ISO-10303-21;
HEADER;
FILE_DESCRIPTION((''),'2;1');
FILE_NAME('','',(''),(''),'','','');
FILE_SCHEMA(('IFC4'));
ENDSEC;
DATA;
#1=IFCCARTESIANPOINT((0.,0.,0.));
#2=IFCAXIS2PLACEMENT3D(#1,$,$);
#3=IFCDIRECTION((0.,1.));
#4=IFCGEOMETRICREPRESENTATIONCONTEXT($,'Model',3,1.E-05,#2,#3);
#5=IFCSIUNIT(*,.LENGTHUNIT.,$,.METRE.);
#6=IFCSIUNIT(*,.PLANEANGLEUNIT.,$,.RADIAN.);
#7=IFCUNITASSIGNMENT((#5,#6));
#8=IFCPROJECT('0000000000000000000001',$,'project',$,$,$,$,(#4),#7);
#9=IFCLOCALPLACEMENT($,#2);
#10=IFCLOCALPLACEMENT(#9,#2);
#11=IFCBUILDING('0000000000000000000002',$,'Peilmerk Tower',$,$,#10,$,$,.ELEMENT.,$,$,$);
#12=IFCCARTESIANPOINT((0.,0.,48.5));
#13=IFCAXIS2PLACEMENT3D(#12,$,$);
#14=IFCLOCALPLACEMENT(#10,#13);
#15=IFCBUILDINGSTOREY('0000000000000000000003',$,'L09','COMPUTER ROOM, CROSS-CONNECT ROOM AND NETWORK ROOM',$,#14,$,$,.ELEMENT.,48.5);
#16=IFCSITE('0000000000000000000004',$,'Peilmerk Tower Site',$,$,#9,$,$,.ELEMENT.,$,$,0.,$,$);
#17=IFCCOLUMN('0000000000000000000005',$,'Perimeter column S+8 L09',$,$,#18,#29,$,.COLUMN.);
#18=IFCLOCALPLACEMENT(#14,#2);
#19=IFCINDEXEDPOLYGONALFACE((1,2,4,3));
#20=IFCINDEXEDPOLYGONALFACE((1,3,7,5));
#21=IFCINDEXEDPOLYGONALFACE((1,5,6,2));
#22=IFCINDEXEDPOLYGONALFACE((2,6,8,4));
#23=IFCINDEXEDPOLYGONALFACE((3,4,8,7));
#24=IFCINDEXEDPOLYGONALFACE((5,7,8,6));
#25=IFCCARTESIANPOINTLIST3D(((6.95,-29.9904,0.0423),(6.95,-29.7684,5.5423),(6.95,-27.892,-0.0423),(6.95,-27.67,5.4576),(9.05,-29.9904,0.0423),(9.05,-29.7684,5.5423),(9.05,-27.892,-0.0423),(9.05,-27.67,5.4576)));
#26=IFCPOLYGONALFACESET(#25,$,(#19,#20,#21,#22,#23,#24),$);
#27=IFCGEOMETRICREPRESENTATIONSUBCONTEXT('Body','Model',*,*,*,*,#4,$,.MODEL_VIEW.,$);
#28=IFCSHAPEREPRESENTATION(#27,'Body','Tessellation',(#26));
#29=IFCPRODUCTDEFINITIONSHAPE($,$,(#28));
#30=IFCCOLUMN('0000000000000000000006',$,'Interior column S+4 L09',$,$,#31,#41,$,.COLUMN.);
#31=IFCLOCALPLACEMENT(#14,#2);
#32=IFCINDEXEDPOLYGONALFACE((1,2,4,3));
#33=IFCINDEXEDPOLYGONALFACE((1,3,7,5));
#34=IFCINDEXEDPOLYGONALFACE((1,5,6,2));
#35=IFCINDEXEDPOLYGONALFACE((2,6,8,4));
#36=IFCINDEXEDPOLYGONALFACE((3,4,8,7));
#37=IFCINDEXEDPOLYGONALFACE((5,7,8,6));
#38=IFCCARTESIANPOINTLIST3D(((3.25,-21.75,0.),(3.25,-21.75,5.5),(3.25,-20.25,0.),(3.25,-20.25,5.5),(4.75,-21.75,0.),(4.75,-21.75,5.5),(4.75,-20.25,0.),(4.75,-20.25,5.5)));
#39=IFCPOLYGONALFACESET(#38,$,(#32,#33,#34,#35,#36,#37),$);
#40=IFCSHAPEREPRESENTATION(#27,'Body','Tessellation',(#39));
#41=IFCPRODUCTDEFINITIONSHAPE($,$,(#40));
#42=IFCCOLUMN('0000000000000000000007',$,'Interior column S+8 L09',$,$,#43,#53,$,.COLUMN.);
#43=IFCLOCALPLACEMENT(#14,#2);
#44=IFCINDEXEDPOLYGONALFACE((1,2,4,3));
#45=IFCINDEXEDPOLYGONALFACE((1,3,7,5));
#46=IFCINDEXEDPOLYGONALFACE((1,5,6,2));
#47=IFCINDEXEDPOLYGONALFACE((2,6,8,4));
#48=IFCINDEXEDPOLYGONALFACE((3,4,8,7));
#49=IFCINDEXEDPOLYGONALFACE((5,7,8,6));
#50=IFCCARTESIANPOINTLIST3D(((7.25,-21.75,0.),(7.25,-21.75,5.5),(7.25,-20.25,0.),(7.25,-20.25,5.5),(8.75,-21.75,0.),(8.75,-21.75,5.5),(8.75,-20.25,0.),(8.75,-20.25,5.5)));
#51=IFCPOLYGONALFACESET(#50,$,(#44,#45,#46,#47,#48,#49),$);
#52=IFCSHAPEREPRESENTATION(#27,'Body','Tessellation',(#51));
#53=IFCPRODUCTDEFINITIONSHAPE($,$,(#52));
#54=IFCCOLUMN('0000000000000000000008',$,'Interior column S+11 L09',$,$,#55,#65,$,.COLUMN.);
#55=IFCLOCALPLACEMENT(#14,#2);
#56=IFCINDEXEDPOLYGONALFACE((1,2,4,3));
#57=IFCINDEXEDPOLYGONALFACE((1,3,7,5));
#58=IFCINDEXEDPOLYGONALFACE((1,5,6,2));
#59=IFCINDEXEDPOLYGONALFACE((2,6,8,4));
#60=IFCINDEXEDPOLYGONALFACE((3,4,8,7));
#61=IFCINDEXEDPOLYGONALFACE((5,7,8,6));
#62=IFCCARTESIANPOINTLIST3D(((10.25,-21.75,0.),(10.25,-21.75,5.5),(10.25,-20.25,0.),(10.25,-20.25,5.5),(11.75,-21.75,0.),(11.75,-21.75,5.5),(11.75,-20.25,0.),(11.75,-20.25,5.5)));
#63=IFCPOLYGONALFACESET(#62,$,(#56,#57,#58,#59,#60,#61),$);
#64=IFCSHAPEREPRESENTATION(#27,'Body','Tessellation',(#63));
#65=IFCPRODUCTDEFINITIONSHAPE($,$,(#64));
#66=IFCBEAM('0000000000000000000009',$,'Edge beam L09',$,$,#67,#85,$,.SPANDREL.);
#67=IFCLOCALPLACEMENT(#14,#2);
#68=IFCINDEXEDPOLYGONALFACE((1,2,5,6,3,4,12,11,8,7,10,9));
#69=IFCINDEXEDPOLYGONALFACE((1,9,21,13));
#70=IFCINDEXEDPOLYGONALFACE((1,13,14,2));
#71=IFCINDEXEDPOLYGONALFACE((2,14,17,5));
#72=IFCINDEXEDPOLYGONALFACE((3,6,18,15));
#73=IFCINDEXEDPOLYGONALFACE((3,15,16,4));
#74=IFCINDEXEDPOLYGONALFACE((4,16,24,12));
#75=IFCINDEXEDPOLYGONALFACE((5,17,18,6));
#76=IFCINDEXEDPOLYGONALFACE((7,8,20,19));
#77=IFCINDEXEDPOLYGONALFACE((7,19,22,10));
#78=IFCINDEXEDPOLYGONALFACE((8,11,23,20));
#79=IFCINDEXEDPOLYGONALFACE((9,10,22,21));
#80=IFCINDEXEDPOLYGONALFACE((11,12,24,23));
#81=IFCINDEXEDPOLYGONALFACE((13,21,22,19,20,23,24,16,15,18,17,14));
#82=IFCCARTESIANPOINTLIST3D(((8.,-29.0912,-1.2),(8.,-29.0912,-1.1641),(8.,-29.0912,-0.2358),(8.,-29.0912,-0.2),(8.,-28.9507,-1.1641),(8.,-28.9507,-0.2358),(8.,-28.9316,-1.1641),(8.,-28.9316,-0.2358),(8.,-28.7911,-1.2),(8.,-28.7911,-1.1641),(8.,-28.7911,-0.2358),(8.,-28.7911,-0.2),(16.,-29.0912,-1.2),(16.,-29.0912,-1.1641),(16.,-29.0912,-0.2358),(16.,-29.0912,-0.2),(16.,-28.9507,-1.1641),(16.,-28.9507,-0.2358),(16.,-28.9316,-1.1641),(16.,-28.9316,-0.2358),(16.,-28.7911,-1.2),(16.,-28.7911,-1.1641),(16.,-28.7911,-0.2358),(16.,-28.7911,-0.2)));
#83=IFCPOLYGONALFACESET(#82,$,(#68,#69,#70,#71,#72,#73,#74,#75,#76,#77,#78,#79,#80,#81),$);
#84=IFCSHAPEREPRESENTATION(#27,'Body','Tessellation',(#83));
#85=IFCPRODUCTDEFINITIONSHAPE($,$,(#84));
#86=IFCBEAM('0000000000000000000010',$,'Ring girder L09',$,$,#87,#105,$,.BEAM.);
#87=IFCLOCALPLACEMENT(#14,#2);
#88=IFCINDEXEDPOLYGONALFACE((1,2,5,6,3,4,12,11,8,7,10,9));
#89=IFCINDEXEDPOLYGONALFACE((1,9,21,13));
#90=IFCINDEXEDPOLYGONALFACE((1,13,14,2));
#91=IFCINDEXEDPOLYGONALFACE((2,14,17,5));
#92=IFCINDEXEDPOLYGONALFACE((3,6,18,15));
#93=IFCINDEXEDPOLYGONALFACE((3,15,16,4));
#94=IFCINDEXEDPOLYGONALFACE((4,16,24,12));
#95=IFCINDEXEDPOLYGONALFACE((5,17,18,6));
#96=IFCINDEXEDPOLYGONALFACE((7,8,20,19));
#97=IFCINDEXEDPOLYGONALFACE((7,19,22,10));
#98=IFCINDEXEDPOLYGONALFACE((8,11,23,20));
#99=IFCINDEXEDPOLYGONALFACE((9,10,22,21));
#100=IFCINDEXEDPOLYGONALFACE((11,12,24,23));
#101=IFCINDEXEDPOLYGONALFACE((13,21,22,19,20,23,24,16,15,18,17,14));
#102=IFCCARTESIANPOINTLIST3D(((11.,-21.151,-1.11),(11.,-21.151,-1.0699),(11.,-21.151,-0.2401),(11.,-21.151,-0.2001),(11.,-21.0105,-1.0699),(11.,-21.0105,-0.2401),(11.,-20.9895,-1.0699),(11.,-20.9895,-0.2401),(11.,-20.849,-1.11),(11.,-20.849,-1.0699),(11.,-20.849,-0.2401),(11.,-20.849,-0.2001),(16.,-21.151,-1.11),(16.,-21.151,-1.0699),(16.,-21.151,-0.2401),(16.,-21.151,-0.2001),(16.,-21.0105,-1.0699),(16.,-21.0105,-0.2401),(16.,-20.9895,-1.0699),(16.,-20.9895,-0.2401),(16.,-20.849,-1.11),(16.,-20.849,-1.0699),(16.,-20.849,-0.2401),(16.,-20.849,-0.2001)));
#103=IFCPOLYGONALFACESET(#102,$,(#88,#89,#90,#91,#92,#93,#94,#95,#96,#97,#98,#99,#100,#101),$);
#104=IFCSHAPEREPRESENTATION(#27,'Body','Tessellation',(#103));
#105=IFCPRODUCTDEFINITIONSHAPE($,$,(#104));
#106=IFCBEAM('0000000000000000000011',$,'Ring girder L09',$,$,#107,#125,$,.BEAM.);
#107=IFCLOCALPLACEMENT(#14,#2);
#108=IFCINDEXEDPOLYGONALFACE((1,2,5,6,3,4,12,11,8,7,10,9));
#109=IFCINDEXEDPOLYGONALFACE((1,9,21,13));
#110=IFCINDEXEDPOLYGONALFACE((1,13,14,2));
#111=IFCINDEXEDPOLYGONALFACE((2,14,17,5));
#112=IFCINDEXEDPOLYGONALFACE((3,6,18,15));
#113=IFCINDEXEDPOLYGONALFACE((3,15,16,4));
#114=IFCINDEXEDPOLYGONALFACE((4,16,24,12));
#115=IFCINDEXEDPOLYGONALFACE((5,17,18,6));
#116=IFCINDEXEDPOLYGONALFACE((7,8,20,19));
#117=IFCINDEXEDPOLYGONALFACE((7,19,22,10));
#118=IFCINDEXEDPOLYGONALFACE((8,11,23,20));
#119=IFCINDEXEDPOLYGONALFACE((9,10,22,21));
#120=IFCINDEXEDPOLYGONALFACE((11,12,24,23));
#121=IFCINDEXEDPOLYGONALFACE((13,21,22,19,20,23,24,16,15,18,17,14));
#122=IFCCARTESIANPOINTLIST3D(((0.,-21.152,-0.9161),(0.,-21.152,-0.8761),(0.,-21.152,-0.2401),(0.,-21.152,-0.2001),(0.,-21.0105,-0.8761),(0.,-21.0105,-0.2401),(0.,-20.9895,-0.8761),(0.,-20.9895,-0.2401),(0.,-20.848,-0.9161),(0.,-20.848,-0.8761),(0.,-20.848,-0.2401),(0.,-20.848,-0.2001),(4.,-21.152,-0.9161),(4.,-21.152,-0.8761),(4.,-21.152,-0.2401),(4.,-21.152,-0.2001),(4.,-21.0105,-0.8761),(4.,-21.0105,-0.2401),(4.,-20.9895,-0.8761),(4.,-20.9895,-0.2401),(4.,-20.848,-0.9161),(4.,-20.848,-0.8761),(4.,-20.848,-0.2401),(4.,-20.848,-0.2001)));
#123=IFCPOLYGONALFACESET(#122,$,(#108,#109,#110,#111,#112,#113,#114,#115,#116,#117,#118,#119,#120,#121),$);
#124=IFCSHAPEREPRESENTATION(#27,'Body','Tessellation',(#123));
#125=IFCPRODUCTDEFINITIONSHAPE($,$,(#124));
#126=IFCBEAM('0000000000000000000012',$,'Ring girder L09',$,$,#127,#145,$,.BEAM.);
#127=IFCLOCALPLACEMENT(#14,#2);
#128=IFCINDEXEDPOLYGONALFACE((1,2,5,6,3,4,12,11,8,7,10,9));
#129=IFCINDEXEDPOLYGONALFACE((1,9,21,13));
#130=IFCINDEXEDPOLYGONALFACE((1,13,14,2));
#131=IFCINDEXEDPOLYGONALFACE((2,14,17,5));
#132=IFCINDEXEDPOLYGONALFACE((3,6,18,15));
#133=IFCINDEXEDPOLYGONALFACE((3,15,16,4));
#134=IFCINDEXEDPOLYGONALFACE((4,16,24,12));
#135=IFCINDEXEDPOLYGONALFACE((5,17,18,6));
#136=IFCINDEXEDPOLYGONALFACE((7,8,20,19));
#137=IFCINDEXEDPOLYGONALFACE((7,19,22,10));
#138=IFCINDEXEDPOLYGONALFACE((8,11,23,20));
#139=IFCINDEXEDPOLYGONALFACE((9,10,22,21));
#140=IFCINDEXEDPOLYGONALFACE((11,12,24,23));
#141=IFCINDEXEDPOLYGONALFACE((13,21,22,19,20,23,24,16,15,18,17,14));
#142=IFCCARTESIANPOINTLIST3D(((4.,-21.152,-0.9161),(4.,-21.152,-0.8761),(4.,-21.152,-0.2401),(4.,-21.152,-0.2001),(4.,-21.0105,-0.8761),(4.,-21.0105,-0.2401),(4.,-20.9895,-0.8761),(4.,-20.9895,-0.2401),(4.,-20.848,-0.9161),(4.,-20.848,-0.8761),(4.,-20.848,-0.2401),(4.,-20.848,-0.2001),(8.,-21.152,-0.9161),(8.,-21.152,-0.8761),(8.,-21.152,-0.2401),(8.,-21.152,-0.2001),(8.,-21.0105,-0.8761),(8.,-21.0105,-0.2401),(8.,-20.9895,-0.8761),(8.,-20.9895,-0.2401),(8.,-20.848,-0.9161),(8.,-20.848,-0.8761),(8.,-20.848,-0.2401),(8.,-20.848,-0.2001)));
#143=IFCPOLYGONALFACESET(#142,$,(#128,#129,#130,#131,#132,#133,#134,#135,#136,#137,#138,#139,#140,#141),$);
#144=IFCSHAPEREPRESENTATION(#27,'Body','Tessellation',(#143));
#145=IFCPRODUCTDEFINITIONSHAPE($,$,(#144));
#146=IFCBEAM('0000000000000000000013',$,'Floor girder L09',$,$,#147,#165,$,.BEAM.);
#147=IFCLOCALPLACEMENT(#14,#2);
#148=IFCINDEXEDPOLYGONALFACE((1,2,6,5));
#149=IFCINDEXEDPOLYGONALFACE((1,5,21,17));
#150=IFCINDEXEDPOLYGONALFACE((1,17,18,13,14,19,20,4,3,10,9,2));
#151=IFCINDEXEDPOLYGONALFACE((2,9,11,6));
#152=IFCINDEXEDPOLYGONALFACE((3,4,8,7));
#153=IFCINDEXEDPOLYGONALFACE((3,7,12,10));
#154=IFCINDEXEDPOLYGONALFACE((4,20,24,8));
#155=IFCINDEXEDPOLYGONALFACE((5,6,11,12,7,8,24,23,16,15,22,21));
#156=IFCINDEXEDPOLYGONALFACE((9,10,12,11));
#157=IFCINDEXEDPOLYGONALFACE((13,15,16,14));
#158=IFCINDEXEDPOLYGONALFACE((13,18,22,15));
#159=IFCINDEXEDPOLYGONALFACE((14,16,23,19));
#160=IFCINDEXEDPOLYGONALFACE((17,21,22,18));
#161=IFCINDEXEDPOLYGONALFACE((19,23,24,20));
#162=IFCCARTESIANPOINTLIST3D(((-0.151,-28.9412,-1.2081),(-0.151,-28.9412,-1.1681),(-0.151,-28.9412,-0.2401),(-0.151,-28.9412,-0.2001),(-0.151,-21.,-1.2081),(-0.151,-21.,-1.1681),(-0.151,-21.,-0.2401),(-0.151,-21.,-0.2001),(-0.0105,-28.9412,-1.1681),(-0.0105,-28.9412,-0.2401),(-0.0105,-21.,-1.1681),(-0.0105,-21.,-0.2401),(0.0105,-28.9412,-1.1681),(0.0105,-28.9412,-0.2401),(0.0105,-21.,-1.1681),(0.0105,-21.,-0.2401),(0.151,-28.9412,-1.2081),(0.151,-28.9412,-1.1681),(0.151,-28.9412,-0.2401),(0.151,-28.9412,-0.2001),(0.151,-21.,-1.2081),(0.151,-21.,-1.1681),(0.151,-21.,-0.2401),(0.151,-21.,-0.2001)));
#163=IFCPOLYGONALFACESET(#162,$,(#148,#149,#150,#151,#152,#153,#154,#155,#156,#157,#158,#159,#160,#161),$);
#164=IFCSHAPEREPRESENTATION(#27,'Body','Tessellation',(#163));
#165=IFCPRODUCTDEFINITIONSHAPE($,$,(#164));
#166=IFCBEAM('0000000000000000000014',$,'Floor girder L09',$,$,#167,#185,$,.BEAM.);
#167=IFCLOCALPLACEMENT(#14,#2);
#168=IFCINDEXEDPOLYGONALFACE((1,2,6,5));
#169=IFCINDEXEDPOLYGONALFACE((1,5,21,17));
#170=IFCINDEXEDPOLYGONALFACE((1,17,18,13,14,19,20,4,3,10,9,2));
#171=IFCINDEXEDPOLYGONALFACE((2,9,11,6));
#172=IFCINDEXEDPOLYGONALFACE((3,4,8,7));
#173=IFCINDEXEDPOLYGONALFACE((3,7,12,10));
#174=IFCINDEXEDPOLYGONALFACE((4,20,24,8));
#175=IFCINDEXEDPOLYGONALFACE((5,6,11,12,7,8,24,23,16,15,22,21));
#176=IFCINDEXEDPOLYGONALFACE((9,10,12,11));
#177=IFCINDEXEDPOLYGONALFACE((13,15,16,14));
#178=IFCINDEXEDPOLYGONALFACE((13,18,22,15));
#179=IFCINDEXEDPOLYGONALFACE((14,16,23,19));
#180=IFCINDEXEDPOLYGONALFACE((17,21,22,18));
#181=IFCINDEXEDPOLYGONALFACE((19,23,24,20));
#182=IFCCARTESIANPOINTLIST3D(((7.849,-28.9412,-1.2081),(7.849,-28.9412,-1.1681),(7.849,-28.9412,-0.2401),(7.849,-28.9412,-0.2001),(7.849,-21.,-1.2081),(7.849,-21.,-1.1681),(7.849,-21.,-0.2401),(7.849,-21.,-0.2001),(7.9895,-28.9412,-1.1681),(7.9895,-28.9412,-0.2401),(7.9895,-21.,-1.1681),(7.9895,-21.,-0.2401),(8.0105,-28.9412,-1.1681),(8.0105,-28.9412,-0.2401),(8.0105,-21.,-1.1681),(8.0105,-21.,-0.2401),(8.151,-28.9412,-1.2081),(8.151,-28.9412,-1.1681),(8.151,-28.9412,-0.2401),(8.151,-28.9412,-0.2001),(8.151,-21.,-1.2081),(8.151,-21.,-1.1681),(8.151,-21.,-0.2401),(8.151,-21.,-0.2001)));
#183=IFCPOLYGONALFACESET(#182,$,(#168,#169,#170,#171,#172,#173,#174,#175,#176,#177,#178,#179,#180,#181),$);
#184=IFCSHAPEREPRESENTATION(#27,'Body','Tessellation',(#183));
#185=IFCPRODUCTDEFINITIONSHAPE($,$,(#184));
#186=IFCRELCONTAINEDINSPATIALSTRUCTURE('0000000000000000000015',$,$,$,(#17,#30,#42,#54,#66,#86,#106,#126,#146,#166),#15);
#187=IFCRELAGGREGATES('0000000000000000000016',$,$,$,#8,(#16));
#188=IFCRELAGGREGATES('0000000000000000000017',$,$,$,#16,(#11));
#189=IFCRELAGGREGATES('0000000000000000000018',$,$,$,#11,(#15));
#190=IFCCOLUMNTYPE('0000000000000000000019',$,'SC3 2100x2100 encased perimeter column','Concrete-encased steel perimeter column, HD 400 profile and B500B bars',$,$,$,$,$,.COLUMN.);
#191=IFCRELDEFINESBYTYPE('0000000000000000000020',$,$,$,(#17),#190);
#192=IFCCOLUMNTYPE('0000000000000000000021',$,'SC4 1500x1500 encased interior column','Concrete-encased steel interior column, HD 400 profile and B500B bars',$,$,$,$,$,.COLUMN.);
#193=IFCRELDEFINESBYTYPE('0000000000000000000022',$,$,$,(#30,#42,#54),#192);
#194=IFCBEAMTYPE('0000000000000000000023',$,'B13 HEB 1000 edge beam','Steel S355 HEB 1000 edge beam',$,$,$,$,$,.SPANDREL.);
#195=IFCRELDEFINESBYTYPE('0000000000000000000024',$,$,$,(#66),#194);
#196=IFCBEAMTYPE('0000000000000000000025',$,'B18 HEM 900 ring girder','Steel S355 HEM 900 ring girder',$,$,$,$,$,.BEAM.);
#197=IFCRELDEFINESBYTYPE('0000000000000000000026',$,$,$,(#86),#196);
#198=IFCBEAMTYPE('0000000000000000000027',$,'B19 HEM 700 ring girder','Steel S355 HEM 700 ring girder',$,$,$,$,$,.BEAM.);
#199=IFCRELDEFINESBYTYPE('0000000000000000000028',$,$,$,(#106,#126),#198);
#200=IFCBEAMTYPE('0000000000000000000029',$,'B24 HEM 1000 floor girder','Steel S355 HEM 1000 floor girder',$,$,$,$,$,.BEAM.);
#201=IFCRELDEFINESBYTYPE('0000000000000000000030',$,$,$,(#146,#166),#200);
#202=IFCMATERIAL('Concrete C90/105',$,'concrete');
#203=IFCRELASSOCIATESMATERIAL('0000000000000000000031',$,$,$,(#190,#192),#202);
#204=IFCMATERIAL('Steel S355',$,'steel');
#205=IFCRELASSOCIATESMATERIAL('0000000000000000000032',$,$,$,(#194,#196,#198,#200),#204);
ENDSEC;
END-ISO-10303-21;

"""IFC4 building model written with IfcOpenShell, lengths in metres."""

from ifc_helpers import new_model, si_unit, direction, frame, origin, origin_2d, place, context, subcontext, project, spatial, rectangle, i_section, extrude, material, material_profile, profile_set, type_object, element, save


model = new_model("IFC4")

# Units and contexts
model_context = context("Model", 3, precision=1e-05, world=origin(), true_north=direction((0.0, 1.0)))
body_context = subcontext(model_context, "Body", "Model", "MODEL_VIEW")
ifc_project = project(units=[si_unit("LENGTHUNIT", "METRE"), si_unit("PLANEANGLEUNIT", "RADIAN")], contexts=[model_context])

# Site, building, storey
site_placement = place(None, origin())
site = spatial("IfcSite", under=ifc_project, at=site_placement, Name="Peilmerk Tower Site", CompositionType="ELEMENT", RefElevation=0.0)
building_placement = place(site_placement, origin())
building = spatial("IfcBuilding", under=site, at=building_placement, Name="Peilmerk Tower", CompositionType="ELEMENT")
storey_placement = place(building_placement, frame((0.0, 0.0, 48.5)))
storey = spatial("IfcBuildingStorey", under=building, at=storey_placement, Name="L09", Description="COMPUTER ROOM, CROSS-CONNECT ROOM AND NETWORK ROOM", CompositionType="ELEMENT", Elevation=48.5)

# Columns
ifc_material_1 = material(Name="Concrete C90/105", Category="concrete")
ifc_material_profile_1 = material_profile(ifc_material_1, rectangle(XDim=2.1001, YDim=2.1001, at=origin_2d()), Name="RC 2100x2100")
ifc_profile_set_1 = profile_set([ifc_material_profile_1], Name="Concrete C90/105")
column_type_1 = type_object("IfcColumnType", Name="SC3 2100x2100 encased perimeter column", Description="Concrete-encased steel perimeter column, HD 400 profile and B500B bars", PredefinedType="COLUMN", material=ifc_profile_set_1)
column_placement = place(storey_placement, frame((8.0, -28.9412, 0.0), z_axis=(0.0, 0.040317, 0.999187), x_axis=(-1.0, 0.0, 0.0)))
element("IfcColumn", 1, at=column_placement, inside=storey, type_object=column_type_1, Name="Perimeter column S+8 L09", PredefinedType="COLUMN", context=body_context, shape_type="SweptSolid", body=[
    extrude(rectangle(XDim=2.1001, YDim=2.1001, at=origin_2d()), origin(), (0.0, 0.0, 1.0), 5.5044),
])
ifc_material_profile_2 = material_profile(ifc_material_1, rectangle(XDim=1.5, YDim=1.5, at=origin_2d()), Name="RC 1500x1500")
ifc_profile_set_2 = profile_set([ifc_material_profile_2], Name="Concrete C90/105")
column_type_2 = type_object("IfcColumnType", Name="SC4 1500x1500 encased interior column", Description="Concrete-encased steel interior column, HD 400 profile and B500B bars", PredefinedType="COLUMN", material=ifc_profile_set_2)
for number, where, z_axis, x_axis, name in (
    (2, (4.0, -21.0, 0.0), (0.0, 0.0, 1.0), (1.0, 0.0, 0.0), "Interior column S+4 L09"),
    (3, (8.0, -21.0, 0.0), (0.0, 0.0, 1.0), (1.0, 0.0, 0.0), "Interior column S+8 L09"),
    (4, (11.0, -21.0, 0.0), (0.0, 0.0, 1.0), (1.0, 0.0, 0.0), "Interior column S+11 L09"),
):
    element("IfcColumn", number, at=place(storey_placement, frame(where, z_axis=z_axis, x_axis=x_axis)), inside=storey, type_object=column_type_2, Name=name, PredefinedType="COLUMN", context=body_context, shape_type="SweptSolid", body=[
        extrude(rectangle(XDim=1.5, YDim=1.5, at=origin_2d()), origin(), (0.0, 0.0, 1.0), 5.5),
    ])

# Beams
ifc_material_2 = material(Name="Steel S355", Category="steel")
ifc_material_profile_3 = material_profile(ifc_material_2, i_section(OverallWidth=0.3, OverallDepth=1.0, WebThickness=0.019, FlangeThickness=0.0359, at=origin_2d()), Name="HEB 1000")
ifc_profile_set_3 = profile_set([ifc_material_profile_3], Name="Steel S355")
beam_type_1 = type_object("IfcBeamType", Name="B13 HEB 1000 edge beam", Description="Steel S355 HEB 1000 edge beam", PredefinedType="SPANDREL", material=ifc_profile_set_3)
beam_1_placement = place(storey_placement, frame((8.0, -28.9412, -0.7), z_axis=(1.0, 0.0, 0.0), x_axis=(0.0, 1.0, 0.0)))
element("IfcBeam", 5, at=beam_1_placement, inside=storey, type_object=beam_type_1, Name="Edge beam L09", PredefinedType="SPANDREL", context=body_context, shape_type="SweptSolid", body=[
    extrude(i_section(OverallWidth=0.3, OverallDepth=1.0, WebThickness=0.019, FlangeThickness=0.0359, at=origin_2d()), origin(), (0.0, 0.0, 1.0), 8.0),
])
ifc_material_profile_4 = material_profile(ifc_material_2, i_section(OverallWidth=0.302, OverallDepth=0.9099, WebThickness=0.021, FlangeThickness=0.04, at=origin_2d()), Name="HEM 900")
ifc_profile_set_4 = profile_set([ifc_material_profile_4], Name="Steel S355")
beam_type_2 = type_object("IfcBeamType", Name="B18 HEM 900 ring girder", Description="Steel S355 HEM 900 ring girder", PredefinedType="BEAM", material=ifc_profile_set_4)
beam_2_placement = place(storey_placement, frame((11.0, -21.0, -0.655), z_axis=(1.0, 0.0, 0.0), x_axis=(0.0, 1.0, 0.0)))
element("IfcBeam", 6, at=beam_2_placement, inside=storey, type_object=beam_type_2, Name="Ring girder L09", PredefinedType="BEAM", context=body_context, shape_type="SweptSolid", body=[
    extrude(i_section(OverallWidth=0.302, OverallDepth=0.9099, WebThickness=0.021, FlangeThickness=0.04, at=origin_2d()), origin(), (0.0, 0.0, 1.0), 5.0),
])
ifc_material_profile_5 = material_profile(ifc_material_2, i_section(OverallWidth=0.304, OverallDepth=0.7161, WebThickness=0.021, FlangeThickness=0.04, at=origin_2d()), Name="HEM 700")
ifc_profile_set_5 = profile_set([ifc_material_profile_5], Name="Steel S355")
beam_type_3 = type_object("IfcBeamType", Name="B19 HEM 700 ring girder", Description="Steel S355 HEM 700 ring girder", PredefinedType="BEAM", material=ifc_profile_set_5)
for number, where, z_axis, x_axis, name in (
    (7, (0.0, -21.0, -0.5581), (1.0, 0.0, 0.0), (0.0, 1.0, 0.0), "Ring girder L09"),
    (8, (4.0, -21.0, -0.5581), (1.0, 0.0, 0.0), (0.0, 1.0, 0.0), "Ring girder L09"),
):
    element("IfcBeam", number, at=place(storey_placement, frame(where, z_axis=z_axis, x_axis=x_axis)), inside=storey, type_object=beam_type_3, Name=name, PredefinedType="BEAM", context=body_context, shape_type="SweptSolid", body=[
        extrude(i_section(OverallWidth=0.304, OverallDepth=0.7161, WebThickness=0.021, FlangeThickness=0.04, at=origin_2d()), origin(), (0.0, 0.0, 1.0), 4.0),
    ])
ifc_material_profile_6 = material_profile(ifc_material_2, i_section(OverallWidth=0.302, OverallDepth=1.0081, WebThickness=0.021, FlangeThickness=0.04, at=origin_2d()), Name="HEM 1000")
ifc_profile_set_6 = profile_set([ifc_material_profile_6], Name="Steel S355")
beam_type_4 = type_object("IfcBeamType", Name="B24 HEM 1000 floor girder", Description="Steel S355 HEM 1000 floor girder", PredefinedType="BEAM", material=ifc_profile_set_6)
for number, where, z_axis, x_axis, name in (
    (9, (0.0, -21.0, -0.7041), (0.0, -1.0, 0.0), (1.0, 0.0, 0.0), "Floor girder L09"),
    (10, (8.0, -21.0, -0.7041), (0.0, -1.0, 0.0), (1.0, 0.0, 0.0), "Floor girder L09"),
):
    element("IfcBeam", number, at=place(storey_placement, frame(where, z_axis=z_axis, x_axis=x_axis)), inside=storey, type_object=beam_type_4, Name=name, PredefinedType="BEAM", context=body_context, shape_type="SweptSolid", body=[
        extrude(i_section(OverallWidth=0.302, OverallDepth=1.0081, WebThickness=0.021, FlangeThickness=0.04, at=origin_2d()), origin(), (0.0, 0.0, 1.0), 7.9412),
    ])

save(model, "model.ifc")
